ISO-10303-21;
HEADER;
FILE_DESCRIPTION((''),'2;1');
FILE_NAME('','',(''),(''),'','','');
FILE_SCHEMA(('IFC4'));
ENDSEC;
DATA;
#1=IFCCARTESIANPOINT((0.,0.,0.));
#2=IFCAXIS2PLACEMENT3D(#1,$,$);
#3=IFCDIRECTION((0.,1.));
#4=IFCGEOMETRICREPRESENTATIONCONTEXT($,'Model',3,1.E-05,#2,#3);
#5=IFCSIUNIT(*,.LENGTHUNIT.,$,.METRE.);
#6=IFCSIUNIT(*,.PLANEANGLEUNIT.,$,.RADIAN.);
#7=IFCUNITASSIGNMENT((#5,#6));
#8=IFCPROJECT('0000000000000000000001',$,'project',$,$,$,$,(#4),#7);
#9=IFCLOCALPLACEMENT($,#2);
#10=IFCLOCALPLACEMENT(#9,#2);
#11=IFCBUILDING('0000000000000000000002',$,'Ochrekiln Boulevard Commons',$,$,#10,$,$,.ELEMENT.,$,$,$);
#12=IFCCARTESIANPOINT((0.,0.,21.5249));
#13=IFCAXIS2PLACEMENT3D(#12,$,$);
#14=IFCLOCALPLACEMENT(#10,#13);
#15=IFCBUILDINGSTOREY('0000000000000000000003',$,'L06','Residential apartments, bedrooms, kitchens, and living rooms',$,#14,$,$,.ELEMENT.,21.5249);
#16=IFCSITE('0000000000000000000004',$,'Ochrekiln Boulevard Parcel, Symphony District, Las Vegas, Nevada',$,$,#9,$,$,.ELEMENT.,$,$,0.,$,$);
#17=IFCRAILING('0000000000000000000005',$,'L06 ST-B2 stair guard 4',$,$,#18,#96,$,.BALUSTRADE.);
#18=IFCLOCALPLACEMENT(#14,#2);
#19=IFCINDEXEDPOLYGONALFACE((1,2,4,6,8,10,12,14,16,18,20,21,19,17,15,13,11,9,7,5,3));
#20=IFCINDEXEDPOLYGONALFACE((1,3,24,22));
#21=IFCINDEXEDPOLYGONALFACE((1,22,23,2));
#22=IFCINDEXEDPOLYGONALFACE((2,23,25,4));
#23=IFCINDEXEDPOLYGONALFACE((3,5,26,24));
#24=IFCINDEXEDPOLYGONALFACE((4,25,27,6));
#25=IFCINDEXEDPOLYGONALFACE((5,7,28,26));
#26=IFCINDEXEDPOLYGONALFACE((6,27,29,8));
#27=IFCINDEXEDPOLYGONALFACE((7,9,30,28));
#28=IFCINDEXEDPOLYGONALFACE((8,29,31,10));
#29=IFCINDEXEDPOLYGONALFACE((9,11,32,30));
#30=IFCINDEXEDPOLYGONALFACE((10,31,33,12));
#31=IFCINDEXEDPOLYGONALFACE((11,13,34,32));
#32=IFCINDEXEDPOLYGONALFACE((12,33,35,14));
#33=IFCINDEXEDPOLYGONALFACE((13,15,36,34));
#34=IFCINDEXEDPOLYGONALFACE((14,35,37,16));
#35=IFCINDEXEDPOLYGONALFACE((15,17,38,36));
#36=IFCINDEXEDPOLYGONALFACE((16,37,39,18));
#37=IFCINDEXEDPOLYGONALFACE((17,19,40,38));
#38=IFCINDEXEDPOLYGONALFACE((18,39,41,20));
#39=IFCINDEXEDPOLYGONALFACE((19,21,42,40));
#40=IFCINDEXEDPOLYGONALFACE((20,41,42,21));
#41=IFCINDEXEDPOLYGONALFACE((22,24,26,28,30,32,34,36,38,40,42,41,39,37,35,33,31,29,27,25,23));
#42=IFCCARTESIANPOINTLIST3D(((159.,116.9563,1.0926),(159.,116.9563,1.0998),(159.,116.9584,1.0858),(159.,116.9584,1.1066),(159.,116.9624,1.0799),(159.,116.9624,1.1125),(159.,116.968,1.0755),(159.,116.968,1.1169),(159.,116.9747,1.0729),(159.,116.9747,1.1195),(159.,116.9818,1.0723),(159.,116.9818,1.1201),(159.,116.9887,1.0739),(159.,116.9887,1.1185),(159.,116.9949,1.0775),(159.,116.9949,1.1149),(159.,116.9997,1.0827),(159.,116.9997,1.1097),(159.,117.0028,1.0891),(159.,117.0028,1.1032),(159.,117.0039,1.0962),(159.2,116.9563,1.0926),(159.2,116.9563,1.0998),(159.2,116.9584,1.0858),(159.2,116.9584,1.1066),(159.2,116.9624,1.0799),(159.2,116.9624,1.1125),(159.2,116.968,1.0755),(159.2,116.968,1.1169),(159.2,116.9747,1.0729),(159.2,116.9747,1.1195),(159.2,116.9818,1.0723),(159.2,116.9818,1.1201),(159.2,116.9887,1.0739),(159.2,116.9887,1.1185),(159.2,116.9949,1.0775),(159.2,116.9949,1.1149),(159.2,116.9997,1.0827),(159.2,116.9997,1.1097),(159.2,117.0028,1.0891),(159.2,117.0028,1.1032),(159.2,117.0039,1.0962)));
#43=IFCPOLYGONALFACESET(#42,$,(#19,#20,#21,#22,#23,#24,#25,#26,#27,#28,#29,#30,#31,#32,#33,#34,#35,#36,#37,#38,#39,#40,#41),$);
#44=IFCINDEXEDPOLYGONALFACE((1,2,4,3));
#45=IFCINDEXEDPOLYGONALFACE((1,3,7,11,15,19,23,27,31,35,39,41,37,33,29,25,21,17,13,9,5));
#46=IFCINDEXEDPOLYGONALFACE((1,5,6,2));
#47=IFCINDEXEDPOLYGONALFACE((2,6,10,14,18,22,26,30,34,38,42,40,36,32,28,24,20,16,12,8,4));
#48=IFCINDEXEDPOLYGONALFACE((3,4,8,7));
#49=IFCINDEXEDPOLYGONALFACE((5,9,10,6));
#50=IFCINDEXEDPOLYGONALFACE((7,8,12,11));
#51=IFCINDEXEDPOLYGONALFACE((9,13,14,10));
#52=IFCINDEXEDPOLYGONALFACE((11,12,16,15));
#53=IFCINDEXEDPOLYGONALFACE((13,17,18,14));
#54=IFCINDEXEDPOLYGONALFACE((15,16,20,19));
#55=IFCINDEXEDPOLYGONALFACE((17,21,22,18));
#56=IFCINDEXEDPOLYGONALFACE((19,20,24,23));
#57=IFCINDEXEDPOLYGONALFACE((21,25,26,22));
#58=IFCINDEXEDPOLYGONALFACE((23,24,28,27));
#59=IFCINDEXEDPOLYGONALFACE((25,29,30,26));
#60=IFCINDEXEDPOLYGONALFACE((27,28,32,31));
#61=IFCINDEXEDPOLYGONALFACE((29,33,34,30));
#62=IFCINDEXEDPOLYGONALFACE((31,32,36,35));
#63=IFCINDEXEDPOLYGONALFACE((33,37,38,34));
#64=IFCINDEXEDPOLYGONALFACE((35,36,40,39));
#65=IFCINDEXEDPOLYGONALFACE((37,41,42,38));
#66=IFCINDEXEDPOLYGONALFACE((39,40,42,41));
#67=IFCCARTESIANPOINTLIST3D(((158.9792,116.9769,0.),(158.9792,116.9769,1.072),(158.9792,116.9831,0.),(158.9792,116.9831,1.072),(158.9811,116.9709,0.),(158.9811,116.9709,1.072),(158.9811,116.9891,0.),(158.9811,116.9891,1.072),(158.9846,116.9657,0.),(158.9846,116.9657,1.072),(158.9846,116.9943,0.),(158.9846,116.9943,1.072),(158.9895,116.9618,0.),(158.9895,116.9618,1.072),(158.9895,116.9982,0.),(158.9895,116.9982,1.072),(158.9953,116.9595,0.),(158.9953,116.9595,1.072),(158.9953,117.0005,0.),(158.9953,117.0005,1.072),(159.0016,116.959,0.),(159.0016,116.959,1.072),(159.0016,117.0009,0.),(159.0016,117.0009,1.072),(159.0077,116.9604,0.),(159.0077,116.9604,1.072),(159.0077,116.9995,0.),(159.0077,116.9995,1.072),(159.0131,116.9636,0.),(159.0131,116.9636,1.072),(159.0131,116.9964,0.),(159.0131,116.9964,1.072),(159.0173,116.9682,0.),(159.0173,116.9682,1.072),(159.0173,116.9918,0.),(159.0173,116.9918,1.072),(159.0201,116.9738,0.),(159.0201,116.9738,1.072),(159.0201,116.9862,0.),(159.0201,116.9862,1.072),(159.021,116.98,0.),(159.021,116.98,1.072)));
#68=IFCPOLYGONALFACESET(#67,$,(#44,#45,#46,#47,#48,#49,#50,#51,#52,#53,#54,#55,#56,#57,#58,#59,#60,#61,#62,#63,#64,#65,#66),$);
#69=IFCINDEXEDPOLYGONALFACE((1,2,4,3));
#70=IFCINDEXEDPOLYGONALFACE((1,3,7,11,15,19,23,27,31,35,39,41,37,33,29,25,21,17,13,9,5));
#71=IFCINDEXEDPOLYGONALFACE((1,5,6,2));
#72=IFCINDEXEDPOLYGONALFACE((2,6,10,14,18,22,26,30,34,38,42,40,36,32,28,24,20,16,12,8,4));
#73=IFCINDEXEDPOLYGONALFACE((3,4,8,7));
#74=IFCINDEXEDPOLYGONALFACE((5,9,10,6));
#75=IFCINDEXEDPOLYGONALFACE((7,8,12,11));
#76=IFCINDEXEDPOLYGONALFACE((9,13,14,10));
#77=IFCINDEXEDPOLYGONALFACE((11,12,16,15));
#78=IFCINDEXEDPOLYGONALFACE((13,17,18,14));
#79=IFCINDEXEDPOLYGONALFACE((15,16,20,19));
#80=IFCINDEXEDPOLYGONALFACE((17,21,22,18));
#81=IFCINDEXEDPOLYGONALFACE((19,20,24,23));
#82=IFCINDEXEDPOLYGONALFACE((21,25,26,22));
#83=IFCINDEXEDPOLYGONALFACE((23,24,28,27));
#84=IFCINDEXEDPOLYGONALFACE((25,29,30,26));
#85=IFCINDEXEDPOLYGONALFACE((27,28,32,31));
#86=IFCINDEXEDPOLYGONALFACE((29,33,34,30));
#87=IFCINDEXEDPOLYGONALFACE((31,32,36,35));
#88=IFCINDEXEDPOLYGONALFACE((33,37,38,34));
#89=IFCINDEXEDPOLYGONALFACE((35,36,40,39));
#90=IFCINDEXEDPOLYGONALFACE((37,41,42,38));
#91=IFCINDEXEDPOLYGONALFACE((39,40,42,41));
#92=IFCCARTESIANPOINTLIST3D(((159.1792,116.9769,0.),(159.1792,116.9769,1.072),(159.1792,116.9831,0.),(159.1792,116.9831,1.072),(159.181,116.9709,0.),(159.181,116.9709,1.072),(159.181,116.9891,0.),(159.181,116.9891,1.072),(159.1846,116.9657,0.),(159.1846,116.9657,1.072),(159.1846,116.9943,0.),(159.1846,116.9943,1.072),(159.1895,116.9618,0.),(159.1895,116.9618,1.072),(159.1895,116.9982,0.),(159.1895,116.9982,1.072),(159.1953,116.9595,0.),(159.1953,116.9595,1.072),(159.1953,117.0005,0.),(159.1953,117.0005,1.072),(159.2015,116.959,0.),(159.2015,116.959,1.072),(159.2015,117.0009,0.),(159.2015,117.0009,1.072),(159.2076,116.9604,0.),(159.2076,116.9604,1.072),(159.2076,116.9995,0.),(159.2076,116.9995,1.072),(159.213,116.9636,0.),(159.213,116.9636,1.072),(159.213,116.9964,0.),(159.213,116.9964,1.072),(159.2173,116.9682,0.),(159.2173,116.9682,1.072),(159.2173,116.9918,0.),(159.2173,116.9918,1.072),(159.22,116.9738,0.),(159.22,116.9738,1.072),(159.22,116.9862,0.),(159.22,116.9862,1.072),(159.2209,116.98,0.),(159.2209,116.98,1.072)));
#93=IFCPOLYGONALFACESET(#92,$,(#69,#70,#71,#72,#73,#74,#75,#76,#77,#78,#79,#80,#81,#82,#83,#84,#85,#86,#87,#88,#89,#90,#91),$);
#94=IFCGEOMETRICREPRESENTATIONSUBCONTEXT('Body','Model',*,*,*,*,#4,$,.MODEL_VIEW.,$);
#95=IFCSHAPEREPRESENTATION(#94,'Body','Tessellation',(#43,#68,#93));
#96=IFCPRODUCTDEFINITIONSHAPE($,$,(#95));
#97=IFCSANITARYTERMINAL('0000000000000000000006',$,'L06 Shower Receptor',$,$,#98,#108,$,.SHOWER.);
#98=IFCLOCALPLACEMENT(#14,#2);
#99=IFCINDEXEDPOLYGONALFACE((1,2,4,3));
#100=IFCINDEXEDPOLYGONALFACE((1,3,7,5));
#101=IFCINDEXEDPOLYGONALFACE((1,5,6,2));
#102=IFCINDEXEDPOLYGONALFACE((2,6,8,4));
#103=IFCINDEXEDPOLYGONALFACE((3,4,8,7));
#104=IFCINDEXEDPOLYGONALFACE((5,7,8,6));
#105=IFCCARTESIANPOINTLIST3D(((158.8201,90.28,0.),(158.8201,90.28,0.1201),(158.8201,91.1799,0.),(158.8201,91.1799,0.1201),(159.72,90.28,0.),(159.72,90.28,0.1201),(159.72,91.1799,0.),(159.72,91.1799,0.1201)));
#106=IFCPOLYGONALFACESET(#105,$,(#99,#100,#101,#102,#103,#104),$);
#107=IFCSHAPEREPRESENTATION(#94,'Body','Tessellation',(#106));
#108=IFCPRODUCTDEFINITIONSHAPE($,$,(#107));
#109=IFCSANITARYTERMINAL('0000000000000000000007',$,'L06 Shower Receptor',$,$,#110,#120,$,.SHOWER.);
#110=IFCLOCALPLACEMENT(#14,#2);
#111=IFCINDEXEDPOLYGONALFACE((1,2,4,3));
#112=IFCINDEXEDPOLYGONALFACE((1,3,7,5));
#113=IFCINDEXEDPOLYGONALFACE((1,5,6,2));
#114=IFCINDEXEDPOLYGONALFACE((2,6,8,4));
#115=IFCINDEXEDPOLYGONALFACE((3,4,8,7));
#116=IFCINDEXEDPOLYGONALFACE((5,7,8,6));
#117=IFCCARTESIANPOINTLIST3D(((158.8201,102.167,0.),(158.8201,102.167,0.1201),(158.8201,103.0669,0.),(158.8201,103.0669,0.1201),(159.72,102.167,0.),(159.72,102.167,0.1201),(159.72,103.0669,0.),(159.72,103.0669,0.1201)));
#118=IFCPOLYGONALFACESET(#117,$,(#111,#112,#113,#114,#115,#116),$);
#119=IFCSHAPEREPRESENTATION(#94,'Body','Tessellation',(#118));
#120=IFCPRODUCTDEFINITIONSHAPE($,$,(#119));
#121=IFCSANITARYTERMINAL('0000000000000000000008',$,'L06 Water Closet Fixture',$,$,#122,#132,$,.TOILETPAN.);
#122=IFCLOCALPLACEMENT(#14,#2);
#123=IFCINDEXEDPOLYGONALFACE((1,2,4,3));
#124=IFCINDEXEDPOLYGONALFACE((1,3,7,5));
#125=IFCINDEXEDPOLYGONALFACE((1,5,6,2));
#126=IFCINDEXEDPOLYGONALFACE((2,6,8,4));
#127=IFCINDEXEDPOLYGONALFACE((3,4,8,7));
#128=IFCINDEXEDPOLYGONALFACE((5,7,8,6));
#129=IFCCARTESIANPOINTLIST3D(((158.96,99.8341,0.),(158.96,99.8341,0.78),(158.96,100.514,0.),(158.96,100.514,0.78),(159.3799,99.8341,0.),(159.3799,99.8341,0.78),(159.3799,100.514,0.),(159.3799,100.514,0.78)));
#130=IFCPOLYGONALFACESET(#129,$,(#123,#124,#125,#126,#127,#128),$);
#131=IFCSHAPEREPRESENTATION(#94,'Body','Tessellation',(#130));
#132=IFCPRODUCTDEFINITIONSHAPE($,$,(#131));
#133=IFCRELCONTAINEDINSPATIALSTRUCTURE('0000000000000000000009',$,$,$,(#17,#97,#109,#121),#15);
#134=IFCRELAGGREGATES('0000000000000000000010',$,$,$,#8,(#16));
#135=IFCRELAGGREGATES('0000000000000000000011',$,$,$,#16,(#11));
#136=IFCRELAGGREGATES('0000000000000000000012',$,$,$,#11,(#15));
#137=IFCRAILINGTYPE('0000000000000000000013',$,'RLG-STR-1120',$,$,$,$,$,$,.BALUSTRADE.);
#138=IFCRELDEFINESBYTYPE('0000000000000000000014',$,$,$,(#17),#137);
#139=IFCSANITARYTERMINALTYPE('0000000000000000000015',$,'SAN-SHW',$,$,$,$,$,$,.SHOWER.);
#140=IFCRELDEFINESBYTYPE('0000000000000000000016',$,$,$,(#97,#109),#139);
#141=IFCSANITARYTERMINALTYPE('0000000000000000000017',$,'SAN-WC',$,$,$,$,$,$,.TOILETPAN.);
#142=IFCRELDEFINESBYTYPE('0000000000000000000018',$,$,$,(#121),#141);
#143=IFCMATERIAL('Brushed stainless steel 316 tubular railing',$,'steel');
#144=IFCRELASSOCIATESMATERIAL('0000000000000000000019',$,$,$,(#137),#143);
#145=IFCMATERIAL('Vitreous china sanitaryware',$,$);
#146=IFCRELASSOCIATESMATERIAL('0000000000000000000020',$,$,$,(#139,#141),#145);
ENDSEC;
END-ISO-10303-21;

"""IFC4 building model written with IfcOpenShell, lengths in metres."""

from ifc_helpers import new_model, si_unit, direction, frame, origin, origin_2d, place, context, subcontext, project, spatial, rectangle, circle, extrude, material, type_object, element, save


model = new_model("IFC4")

# Units and contexts
model_context = context("Model", 3, precision=1e-05, world=origin(), true_north=direction((0.0, 1.0)))
body_context = subcontext(model_context, "Body", "Model", "MODEL_VIEW")
ifc_project = project(units=[si_unit("LENGTHUNIT", "METRE"), si_unit("PLANEANGLEUNIT", "RADIAN")], contexts=[model_context])

# Site, building, storey
site_placement = place(None, origin())
site = spatial("IfcSite", under=ifc_project, at=site_placement, Name="Ochrekiln Boulevard Parcel, Symphony District, Las Vegas, Nevada", CompositionType="ELEMENT", RefElevation=0.0)
building_placement = place(site_placement, origin())
building = spatial("IfcBuilding", under=site, at=building_placement, Name="Ochrekiln Boulevard Commons", CompositionType="ELEMENT")
storey_placement = place(building_placement, frame((0.0, 0.0, 21.5249)))
storey = spatial("IfcBuildingStorey", under=building, at=storey_placement, Name="L06", Description="Residential apartments, bedrooms, kitchens, and living rooms", CompositionType="ELEMENT", Elevation=21.5249)

# Railing
ifc_material_1 = material(Name="Brushed stainless steel 316 tubular railing", Category="steel")
railing_type_1 = type_object("IfcRailingType", Name="RLG-STR-1120", PredefinedType="BALUSTRADE", material=ifc_material_1)
railing_1_placement = place(storey_placement, frame((159.0, 116.98, 0.0)))
element("IfcRailing", 1, at=railing_1_placement, inside=storey, type_object=railing_type_1, Name="L06 ST-B2 stair guard 4", PredefinedType="BALUSTRADE", context=body_context, shape_type="SweptSolid", body=[
    extrude(circle(Radius=0.0239, at=origin_2d()), frame((0.0, 0.0, 1.0962), z_axis=(1.0, 0.0, 0.0), x_axis=(0.0, 1.0, 0.0)), (0.0, 0.0, 1.0), 0.2),
    extrude(circle(Radius=0.021, at=origin_2d()), origin(), (0.0, 0.0, 1.0), 1.072),
    extrude(circle(Radius=0.021, at=origin_2d()), frame((0.2, 0.0, 0.0)), (0.0, 0.0, 1.0), 1.072),
])

# Sanitary terminals
ifc_material_2 = material(Name="Vitreous china sanitaryware")
sanitary_terminal_type_1 = type_object("IfcSanitaryTerminalType", Name="SAN-SHW", PredefinedType="SHOWER", material=ifc_material_2)
for number, where, z_axis, x_axis, name in (
    (2, (159.27, 90.73, 0.0), (0.0, 0.0, 1.0), (1.0, 0.0, 0.0), "L06 Shower Receptor"),
    (3, (159.27, 102.6169, 0.0), (0.0, 0.0, 1.0), (1.0, 0.0, 0.0), "L06 Shower Receptor"),
):
    element("IfcSanitaryTerminal", number, at=place(storey_placement, frame(where, z_axis=z_axis, x_axis=x_axis)), inside=storey, type_object=sanitary_terminal_type_1, Name=name, PredefinedType="SHOWER", context=body_context, shape_type="SweptSolid", body=[
        extrude(rectangle(XDim=0.8999, YDim=0.8999, at=origin_2d()), origin(), (0.0, 0.0, 1.0), 0.1201),
    ])
sanitary_terminal_type_2 = type_object("IfcSanitaryTerminalType", Name="SAN-WC", PredefinedType="TOILETPAN", material=ifc_material_2)
sanitary_terminal_placement = place(storey_placement, frame((159.1699, 100.1741, 0.0), z_axis=(0.0, 0.0, 1.0), x_axis=(1.0, 0.0, 0.0)))
element("IfcSanitaryTerminal", 4, at=sanitary_terminal_placement, inside=storey, type_object=sanitary_terminal_type_2, Name="L06 Water Closet Fixture", PredefinedType="TOILETPAN", context=body_context, shape_type="SweptSolid", body=[
    extrude(rectangle(XDim=0.4199, YDim=0.6799, at=origin_2d()), origin(), (0.0, 0.0, 1.0), 0.78),
])

save(model, "model.ifc")
